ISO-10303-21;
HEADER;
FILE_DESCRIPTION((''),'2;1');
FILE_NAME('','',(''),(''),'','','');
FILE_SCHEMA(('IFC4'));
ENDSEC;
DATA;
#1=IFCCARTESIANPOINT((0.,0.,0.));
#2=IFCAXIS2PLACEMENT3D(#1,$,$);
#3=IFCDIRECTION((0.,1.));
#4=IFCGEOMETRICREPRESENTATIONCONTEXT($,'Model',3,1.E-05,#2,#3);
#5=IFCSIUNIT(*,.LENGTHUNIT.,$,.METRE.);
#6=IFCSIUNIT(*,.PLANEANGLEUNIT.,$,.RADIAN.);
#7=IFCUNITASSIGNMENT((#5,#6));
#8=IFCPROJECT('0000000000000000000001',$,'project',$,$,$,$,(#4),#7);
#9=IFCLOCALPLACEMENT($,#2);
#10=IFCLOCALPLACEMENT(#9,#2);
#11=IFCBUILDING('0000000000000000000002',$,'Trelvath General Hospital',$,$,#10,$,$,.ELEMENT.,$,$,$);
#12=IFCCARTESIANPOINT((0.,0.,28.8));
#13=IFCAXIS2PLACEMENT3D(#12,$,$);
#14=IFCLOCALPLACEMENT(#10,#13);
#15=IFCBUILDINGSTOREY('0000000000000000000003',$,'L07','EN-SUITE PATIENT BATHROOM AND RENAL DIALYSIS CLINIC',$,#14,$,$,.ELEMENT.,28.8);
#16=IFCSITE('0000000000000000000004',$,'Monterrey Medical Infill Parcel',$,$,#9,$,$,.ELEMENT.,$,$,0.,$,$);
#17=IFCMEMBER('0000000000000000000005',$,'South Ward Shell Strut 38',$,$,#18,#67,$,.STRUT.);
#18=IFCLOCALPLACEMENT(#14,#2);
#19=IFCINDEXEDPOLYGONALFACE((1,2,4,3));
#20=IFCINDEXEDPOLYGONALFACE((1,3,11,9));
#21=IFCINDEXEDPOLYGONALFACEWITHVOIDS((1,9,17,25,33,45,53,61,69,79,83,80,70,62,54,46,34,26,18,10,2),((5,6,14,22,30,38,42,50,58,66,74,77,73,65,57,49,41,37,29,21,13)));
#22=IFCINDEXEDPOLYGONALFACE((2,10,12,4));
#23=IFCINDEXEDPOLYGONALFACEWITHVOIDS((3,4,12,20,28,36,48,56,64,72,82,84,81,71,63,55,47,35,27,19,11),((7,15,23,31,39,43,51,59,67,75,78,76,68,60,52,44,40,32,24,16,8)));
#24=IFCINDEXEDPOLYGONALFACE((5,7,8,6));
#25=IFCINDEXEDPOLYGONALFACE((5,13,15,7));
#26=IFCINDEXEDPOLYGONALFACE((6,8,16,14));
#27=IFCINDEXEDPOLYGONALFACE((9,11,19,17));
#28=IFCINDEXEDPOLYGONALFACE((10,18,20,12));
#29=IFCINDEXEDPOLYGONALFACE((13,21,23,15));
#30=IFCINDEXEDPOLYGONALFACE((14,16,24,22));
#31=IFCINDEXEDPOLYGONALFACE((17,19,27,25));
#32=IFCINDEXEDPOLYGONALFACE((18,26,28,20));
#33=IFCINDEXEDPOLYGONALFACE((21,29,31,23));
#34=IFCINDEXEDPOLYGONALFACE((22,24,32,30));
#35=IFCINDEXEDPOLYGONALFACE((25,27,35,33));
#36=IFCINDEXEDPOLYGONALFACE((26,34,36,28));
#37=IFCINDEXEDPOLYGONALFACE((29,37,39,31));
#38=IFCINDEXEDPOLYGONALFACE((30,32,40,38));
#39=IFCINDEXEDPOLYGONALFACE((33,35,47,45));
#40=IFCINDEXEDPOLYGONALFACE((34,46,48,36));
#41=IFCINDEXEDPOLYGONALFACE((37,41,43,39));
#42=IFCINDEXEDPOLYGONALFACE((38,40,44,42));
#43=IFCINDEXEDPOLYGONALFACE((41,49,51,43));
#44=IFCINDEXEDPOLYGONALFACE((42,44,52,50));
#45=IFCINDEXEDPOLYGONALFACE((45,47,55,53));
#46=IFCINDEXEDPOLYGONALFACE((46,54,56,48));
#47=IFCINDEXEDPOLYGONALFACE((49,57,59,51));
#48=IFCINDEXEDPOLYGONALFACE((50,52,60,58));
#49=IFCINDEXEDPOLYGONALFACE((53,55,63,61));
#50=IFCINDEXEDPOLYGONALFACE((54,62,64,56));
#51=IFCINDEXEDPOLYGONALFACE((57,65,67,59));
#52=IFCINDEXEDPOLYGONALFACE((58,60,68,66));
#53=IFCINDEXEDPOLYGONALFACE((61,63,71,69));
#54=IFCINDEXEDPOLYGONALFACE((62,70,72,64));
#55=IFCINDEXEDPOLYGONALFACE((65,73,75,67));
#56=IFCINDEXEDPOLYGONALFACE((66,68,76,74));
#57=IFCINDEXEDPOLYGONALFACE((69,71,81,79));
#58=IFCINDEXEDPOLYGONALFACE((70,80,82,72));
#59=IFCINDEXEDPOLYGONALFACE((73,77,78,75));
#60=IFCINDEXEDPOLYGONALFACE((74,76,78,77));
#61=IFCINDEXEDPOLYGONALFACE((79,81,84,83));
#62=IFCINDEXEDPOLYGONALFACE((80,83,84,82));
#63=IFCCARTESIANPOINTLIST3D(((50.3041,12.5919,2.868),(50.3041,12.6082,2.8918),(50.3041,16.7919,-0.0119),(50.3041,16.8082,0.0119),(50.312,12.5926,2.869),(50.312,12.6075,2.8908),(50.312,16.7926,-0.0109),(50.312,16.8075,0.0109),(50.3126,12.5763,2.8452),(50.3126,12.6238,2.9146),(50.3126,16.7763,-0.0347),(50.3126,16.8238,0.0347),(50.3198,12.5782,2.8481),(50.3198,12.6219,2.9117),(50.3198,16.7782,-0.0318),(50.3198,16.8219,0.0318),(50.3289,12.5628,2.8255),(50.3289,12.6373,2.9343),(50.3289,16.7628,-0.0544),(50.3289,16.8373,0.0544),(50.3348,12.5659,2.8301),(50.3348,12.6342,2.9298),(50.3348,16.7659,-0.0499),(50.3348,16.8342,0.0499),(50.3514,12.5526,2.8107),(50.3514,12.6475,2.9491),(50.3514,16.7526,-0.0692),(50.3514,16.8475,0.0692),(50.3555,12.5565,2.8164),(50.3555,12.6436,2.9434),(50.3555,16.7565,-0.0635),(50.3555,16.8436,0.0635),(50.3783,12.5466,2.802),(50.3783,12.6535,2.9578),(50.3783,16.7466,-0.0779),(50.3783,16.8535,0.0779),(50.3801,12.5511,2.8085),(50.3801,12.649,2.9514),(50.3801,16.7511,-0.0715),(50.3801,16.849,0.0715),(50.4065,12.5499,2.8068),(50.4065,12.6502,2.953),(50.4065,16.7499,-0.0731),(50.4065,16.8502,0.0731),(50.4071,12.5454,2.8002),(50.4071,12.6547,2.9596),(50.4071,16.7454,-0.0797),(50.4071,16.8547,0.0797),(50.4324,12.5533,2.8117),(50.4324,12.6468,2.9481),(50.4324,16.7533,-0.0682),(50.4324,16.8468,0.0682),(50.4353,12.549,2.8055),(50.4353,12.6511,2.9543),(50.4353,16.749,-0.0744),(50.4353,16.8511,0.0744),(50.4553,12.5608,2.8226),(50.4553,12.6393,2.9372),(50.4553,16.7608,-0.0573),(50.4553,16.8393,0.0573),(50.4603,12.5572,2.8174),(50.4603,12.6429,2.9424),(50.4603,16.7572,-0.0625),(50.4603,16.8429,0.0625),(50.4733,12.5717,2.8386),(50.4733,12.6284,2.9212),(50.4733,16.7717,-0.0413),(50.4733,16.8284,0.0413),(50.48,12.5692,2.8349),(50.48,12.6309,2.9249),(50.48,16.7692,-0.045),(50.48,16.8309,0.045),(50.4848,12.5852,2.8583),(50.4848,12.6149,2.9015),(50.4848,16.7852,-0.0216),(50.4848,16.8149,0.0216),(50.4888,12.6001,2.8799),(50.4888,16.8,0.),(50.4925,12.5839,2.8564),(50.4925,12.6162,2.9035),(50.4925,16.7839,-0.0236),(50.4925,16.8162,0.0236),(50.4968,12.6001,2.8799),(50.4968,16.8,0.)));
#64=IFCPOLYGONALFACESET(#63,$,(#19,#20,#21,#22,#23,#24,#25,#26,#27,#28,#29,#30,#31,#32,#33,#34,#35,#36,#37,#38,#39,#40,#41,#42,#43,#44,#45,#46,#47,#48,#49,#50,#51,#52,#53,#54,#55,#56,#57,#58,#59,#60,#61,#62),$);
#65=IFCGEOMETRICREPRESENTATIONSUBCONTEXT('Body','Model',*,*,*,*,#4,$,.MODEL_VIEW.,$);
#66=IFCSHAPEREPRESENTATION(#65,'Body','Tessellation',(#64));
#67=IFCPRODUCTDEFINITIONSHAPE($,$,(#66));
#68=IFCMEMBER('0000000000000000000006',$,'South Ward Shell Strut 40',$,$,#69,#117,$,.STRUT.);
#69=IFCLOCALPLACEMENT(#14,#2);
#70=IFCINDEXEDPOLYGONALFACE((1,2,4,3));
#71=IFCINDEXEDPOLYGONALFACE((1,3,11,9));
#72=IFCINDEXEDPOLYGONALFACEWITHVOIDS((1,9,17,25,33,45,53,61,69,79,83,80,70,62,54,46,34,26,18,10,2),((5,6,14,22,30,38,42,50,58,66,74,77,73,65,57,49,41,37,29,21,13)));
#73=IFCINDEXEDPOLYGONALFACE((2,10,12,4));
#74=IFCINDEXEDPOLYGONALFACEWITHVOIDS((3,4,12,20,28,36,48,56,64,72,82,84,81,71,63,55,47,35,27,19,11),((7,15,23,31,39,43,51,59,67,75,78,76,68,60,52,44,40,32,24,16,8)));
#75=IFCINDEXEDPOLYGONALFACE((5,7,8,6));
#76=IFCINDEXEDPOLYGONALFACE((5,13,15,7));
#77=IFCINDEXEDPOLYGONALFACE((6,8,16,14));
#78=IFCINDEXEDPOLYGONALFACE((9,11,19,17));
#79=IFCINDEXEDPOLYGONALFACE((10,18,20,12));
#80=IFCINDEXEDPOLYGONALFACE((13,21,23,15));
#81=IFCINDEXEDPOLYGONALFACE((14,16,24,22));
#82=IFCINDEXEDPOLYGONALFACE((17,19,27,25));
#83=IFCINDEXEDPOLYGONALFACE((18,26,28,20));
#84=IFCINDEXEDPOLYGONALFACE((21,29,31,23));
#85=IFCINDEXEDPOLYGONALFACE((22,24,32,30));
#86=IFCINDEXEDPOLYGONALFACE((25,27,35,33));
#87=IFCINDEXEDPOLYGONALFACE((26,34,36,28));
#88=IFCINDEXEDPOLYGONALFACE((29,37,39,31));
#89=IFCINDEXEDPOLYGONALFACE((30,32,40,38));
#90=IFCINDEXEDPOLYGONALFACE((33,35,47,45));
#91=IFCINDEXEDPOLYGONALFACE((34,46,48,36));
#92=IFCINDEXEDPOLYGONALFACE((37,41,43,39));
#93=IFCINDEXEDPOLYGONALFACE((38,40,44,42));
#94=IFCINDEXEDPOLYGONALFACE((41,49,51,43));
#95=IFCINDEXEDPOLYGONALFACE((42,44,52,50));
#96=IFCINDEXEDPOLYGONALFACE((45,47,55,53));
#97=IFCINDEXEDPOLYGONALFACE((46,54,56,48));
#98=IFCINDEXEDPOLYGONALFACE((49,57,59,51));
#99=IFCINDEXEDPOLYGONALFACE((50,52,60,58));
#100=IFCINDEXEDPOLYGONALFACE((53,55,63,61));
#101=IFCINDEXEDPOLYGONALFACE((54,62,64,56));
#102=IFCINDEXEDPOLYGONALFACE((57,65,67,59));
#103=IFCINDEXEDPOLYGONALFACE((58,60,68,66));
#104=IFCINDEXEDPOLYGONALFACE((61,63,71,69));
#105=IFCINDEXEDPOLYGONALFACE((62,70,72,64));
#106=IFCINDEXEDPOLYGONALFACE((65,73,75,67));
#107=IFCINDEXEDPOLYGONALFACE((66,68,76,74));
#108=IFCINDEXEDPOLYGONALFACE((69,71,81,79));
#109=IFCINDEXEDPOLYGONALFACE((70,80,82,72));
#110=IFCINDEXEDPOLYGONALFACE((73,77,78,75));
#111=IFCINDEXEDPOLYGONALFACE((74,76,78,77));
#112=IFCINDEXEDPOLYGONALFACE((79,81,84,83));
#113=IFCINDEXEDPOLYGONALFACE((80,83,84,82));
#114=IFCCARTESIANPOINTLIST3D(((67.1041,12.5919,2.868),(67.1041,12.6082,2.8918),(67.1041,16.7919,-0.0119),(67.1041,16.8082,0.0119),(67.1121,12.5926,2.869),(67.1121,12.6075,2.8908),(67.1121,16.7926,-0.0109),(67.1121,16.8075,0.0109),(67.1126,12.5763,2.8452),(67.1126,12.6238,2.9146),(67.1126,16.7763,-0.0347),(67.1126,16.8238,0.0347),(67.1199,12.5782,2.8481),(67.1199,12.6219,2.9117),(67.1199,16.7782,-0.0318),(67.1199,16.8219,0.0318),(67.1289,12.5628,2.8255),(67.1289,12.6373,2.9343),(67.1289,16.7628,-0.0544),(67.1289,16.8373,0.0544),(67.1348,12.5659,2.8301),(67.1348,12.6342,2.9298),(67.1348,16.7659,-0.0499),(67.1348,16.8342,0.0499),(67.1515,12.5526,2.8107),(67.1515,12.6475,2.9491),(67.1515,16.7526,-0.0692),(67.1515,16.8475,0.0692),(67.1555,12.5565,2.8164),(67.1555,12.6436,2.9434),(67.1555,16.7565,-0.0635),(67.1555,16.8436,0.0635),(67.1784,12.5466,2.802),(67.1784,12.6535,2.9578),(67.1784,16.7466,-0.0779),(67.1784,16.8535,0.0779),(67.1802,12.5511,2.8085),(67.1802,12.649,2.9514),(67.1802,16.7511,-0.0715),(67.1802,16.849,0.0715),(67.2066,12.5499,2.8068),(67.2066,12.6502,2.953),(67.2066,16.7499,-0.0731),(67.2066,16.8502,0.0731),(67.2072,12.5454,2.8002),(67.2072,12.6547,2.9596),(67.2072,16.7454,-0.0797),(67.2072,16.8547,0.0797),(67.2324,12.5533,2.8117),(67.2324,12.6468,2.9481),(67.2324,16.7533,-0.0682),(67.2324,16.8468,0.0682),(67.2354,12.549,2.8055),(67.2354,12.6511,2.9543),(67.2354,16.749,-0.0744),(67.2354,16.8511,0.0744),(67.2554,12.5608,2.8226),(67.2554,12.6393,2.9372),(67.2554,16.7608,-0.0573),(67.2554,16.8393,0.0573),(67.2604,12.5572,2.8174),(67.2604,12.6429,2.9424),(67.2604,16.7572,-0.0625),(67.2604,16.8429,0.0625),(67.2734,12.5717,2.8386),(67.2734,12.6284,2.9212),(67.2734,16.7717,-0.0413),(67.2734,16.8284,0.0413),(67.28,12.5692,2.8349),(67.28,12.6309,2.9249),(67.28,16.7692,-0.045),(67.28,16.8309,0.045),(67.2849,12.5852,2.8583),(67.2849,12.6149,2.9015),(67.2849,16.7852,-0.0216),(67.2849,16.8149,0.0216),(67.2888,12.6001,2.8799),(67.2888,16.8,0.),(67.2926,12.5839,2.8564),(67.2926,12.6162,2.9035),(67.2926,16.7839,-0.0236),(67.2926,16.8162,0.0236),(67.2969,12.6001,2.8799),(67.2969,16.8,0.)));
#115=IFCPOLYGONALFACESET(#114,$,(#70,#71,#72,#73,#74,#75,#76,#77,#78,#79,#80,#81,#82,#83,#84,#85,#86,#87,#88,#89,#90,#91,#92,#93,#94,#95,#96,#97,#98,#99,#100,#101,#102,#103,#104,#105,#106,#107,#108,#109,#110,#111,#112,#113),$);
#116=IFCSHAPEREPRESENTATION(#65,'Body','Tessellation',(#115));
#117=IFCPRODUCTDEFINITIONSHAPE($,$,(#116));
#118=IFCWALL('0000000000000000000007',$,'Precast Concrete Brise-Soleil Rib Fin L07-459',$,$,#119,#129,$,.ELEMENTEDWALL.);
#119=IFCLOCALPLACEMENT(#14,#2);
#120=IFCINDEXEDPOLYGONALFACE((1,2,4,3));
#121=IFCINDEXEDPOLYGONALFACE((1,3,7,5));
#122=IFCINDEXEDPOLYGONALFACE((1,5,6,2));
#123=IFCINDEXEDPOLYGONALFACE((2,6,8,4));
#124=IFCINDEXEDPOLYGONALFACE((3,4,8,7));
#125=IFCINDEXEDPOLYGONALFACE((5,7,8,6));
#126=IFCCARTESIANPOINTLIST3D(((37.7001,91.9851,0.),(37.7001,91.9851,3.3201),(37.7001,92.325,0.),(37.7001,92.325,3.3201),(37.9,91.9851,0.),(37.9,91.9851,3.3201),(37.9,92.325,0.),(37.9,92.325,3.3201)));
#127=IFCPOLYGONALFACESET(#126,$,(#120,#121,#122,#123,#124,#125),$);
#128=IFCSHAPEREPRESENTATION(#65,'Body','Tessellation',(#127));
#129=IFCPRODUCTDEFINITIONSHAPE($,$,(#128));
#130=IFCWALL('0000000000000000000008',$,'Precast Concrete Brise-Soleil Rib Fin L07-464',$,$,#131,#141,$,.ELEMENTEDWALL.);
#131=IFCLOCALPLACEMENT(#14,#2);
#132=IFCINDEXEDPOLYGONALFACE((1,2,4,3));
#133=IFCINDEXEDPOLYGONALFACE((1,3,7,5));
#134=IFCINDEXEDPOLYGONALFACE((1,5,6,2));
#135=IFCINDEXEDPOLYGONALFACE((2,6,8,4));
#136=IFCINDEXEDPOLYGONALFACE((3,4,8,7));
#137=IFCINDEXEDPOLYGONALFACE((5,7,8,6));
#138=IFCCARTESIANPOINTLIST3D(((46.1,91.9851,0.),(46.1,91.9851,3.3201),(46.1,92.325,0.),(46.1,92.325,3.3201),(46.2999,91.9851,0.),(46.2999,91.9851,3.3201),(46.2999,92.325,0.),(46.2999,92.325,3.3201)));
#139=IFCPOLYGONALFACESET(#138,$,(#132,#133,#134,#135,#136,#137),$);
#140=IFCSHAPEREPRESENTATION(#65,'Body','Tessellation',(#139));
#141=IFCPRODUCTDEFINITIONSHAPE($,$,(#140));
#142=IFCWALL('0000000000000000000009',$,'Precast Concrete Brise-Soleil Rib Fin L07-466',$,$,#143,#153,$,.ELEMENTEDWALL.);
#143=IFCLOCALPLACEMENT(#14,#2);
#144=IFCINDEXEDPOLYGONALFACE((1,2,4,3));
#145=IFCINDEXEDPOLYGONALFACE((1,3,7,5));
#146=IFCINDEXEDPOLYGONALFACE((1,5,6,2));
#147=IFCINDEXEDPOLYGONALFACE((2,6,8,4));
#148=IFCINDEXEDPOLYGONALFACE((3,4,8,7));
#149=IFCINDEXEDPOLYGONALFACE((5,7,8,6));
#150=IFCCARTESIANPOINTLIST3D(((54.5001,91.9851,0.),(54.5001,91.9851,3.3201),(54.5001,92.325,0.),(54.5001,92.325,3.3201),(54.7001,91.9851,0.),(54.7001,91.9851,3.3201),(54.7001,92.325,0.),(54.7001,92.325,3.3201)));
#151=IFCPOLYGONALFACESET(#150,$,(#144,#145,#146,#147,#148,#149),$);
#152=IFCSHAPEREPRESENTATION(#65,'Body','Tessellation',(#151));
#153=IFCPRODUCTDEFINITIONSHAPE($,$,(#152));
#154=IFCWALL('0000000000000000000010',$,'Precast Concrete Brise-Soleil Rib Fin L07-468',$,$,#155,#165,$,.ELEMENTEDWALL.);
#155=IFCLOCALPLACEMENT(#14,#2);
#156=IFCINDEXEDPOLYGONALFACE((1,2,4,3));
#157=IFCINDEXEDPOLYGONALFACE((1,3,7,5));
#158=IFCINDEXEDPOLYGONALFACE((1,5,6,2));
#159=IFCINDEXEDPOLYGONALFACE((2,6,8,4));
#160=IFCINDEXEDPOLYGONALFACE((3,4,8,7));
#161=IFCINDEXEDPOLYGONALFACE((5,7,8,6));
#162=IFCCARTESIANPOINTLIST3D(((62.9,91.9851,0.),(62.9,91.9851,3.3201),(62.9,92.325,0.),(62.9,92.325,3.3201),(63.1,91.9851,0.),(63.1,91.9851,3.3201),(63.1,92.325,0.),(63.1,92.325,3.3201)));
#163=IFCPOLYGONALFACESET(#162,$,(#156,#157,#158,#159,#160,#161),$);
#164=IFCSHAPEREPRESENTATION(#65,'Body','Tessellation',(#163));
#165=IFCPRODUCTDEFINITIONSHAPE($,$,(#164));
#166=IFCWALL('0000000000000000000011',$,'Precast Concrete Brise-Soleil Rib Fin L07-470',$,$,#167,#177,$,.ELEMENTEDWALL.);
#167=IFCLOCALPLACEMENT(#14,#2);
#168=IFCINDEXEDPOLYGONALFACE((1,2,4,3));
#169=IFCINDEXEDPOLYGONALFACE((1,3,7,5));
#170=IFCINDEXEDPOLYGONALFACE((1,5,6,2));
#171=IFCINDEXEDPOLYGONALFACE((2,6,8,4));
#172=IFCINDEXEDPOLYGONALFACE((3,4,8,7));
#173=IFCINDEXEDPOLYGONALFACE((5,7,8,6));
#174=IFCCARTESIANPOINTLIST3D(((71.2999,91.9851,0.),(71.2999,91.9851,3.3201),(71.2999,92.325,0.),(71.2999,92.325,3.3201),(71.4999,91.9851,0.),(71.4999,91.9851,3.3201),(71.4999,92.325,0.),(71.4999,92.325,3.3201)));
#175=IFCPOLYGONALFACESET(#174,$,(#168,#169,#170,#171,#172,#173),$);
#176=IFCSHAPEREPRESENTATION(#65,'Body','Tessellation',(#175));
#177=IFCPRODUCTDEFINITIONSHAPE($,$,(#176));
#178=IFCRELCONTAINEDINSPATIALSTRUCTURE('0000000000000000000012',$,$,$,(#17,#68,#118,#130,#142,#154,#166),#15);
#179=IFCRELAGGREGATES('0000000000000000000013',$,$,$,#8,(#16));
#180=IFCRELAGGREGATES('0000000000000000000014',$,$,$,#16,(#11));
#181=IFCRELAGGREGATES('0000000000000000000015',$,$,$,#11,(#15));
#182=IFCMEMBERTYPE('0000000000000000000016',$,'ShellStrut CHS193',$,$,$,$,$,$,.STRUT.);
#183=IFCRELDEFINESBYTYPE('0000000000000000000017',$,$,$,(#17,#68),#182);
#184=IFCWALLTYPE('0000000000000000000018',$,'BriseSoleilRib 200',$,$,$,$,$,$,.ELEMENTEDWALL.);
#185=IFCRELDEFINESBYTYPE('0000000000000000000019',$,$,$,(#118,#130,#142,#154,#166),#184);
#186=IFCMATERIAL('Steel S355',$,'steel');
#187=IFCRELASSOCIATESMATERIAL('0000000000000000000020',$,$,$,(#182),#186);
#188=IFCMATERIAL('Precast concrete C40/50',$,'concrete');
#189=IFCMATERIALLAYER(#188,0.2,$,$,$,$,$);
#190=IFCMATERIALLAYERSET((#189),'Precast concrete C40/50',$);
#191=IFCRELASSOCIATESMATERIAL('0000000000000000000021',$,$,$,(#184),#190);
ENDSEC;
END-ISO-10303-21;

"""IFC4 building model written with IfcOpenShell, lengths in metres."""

from ifc_helpers import new_model, si_unit, direction, frame, frame_2d, origin, origin_2d, place, context, subcontext, project, spatial, rectangle, hollow_circle, extrude, material, layer, layer_set, material_profile, profile_set, type_object, element, save


model = new_model("IFC4")

# Units and contexts
model_context = context("Model", 3, precision=1e-05, world=origin(), true_north=direction((0.0, 1.0)))
body_context = subcontext(model_context, "Body", "Model", "MODEL_VIEW")
ifc_project = project(units=[si_unit("LENGTHUNIT", "METRE"), si_unit("PLANEANGLEUNIT", "RADIAN")], contexts=[model_context])

# Site, building, storey
site_placement = place(None, origin())
site = spatial("IfcSite", under=ifc_project, at=site_placement, Name="Monterrey Medical Infill Parcel", CompositionType="ELEMENT", RefElevation=0.0)
building_placement = place(site_placement, origin())
building = spatial("IfcBuilding", under=site, at=building_placement, Name="Trelvath General Hospital", CompositionType="ELEMENT")
storey_placement = place(building_placement, frame((0.0, 0.0, 28.8)))
storey = spatial("IfcBuildingStorey", under=building, at=storey_placement, Name="L07", Description="EN-SUITE PATIENT BATHROOM AND RENAL DIALYSIS CLINIC", CompositionType="ELEMENT", Elevation=28.8)

# Members
ifc_material_1 = material(Name="Steel S355", Category="steel")
ifc_material_profile_1 = material_profile(ifc_material_1, hollow_circle(Radius=0.0969, WallThickness=0.0081, at=origin_2d()), Name="CHS193.7x8.0")
ifc_profile_set_1 = profile_set([ifc_material_profile_1], Name="Steel S355")
member_type = type_object("IfcMemberType", Name="ShellStrut CHS193", PredefinedType="STRUT", material=ifc_profile_set_1)
for number, where, z_axis, x_axis, name in (
    (1, (50.3999, 16.8, 0.0), (0.0, -0.824737, 0.565517), (1.0, 0.0, 0.0), "South Ward Shell Strut 38"),
    (2, (67.2, 16.8, 0.0), (0.0, -0.824737, 0.565517), (1.0, 0.0, 0.0), "South Ward Shell Strut 40"),
):
    element("IfcMember", number, at=place(storey_placement, frame(where, z_axis=z_axis, x_axis=x_axis)), inside=storey, type_object=member_type, Name=name, PredefinedType="STRUT", context=body_context, shape_type="SweptSolid", body=[
        extrude(hollow_circle(Radius=0.0969, WallThickness=0.0081, at=origin_2d()), origin(), (0.0, 0.0, 1.0), 5.0925),
    ])

# Walls
ifc_material_2 = material(Name="Precast concrete C40/50", Category="concrete")
ifc_layer_1 = layer(ifc_material_2, 0.2)
ifc_layer_set_1 = layer_set([ifc_layer_1], Name="Precast concrete C40/50")
wall_type_1 = type_object("IfcWallType", Name="BriseSoleilRib 200", PredefinedType="ELEMENTEDWALL", material=ifc_layer_set_1)
for number, where, z_axis, x_axis, name in (
    (3, (37.8, 92.325, 0.0), (0.0, 0.0, 1.0), (0.0, -1.0, 0.0), "Precast Concrete Brise-Soleil Rib Fin L07-459"),
    (4, (46.2, 92.325, 0.0), (0.0, 0.0, 1.0), (0.0, -1.0, 0.0), "Precast Concrete Brise-Soleil Rib Fin L07-464"),
    (5, (54.6001, 92.325, 0.0), (0.0, 0.0, 1.0), (0.0, -1.0, 0.0), "Precast Concrete Brise-Soleil Rib Fin L07-466"),
    (6, (63.0, 92.325, 0.0), (0.0, 0.0, 1.0), (0.0, -1.0, 0.0), "Precast Concrete Brise-Soleil Rib Fin L07-468"),
    (7, (71.3999, 92.325, 0.0), (0.0, 0.0, 1.0), (0.0, -1.0, 0.0), "Precast Concrete Brise-Soleil Rib Fin L07-470"),
):
    element("IfcWall", number, at=place(storey_placement, frame(where, z_axis=z_axis, x_axis=x_axis)), inside=storey, type_object=wall_type_1, Name=name, PredefinedType="ELEMENTEDWALL", context=body_context, shape_type="SweptSolid", body=[
        extrude(rectangle(XDim=0.3398, YDim=0.2, at=frame_2d((0.1699, 0.0))), origin(), (0.0, 0.0, 1.0), 3.3201),
    ])

save(model, "model.ifc")
